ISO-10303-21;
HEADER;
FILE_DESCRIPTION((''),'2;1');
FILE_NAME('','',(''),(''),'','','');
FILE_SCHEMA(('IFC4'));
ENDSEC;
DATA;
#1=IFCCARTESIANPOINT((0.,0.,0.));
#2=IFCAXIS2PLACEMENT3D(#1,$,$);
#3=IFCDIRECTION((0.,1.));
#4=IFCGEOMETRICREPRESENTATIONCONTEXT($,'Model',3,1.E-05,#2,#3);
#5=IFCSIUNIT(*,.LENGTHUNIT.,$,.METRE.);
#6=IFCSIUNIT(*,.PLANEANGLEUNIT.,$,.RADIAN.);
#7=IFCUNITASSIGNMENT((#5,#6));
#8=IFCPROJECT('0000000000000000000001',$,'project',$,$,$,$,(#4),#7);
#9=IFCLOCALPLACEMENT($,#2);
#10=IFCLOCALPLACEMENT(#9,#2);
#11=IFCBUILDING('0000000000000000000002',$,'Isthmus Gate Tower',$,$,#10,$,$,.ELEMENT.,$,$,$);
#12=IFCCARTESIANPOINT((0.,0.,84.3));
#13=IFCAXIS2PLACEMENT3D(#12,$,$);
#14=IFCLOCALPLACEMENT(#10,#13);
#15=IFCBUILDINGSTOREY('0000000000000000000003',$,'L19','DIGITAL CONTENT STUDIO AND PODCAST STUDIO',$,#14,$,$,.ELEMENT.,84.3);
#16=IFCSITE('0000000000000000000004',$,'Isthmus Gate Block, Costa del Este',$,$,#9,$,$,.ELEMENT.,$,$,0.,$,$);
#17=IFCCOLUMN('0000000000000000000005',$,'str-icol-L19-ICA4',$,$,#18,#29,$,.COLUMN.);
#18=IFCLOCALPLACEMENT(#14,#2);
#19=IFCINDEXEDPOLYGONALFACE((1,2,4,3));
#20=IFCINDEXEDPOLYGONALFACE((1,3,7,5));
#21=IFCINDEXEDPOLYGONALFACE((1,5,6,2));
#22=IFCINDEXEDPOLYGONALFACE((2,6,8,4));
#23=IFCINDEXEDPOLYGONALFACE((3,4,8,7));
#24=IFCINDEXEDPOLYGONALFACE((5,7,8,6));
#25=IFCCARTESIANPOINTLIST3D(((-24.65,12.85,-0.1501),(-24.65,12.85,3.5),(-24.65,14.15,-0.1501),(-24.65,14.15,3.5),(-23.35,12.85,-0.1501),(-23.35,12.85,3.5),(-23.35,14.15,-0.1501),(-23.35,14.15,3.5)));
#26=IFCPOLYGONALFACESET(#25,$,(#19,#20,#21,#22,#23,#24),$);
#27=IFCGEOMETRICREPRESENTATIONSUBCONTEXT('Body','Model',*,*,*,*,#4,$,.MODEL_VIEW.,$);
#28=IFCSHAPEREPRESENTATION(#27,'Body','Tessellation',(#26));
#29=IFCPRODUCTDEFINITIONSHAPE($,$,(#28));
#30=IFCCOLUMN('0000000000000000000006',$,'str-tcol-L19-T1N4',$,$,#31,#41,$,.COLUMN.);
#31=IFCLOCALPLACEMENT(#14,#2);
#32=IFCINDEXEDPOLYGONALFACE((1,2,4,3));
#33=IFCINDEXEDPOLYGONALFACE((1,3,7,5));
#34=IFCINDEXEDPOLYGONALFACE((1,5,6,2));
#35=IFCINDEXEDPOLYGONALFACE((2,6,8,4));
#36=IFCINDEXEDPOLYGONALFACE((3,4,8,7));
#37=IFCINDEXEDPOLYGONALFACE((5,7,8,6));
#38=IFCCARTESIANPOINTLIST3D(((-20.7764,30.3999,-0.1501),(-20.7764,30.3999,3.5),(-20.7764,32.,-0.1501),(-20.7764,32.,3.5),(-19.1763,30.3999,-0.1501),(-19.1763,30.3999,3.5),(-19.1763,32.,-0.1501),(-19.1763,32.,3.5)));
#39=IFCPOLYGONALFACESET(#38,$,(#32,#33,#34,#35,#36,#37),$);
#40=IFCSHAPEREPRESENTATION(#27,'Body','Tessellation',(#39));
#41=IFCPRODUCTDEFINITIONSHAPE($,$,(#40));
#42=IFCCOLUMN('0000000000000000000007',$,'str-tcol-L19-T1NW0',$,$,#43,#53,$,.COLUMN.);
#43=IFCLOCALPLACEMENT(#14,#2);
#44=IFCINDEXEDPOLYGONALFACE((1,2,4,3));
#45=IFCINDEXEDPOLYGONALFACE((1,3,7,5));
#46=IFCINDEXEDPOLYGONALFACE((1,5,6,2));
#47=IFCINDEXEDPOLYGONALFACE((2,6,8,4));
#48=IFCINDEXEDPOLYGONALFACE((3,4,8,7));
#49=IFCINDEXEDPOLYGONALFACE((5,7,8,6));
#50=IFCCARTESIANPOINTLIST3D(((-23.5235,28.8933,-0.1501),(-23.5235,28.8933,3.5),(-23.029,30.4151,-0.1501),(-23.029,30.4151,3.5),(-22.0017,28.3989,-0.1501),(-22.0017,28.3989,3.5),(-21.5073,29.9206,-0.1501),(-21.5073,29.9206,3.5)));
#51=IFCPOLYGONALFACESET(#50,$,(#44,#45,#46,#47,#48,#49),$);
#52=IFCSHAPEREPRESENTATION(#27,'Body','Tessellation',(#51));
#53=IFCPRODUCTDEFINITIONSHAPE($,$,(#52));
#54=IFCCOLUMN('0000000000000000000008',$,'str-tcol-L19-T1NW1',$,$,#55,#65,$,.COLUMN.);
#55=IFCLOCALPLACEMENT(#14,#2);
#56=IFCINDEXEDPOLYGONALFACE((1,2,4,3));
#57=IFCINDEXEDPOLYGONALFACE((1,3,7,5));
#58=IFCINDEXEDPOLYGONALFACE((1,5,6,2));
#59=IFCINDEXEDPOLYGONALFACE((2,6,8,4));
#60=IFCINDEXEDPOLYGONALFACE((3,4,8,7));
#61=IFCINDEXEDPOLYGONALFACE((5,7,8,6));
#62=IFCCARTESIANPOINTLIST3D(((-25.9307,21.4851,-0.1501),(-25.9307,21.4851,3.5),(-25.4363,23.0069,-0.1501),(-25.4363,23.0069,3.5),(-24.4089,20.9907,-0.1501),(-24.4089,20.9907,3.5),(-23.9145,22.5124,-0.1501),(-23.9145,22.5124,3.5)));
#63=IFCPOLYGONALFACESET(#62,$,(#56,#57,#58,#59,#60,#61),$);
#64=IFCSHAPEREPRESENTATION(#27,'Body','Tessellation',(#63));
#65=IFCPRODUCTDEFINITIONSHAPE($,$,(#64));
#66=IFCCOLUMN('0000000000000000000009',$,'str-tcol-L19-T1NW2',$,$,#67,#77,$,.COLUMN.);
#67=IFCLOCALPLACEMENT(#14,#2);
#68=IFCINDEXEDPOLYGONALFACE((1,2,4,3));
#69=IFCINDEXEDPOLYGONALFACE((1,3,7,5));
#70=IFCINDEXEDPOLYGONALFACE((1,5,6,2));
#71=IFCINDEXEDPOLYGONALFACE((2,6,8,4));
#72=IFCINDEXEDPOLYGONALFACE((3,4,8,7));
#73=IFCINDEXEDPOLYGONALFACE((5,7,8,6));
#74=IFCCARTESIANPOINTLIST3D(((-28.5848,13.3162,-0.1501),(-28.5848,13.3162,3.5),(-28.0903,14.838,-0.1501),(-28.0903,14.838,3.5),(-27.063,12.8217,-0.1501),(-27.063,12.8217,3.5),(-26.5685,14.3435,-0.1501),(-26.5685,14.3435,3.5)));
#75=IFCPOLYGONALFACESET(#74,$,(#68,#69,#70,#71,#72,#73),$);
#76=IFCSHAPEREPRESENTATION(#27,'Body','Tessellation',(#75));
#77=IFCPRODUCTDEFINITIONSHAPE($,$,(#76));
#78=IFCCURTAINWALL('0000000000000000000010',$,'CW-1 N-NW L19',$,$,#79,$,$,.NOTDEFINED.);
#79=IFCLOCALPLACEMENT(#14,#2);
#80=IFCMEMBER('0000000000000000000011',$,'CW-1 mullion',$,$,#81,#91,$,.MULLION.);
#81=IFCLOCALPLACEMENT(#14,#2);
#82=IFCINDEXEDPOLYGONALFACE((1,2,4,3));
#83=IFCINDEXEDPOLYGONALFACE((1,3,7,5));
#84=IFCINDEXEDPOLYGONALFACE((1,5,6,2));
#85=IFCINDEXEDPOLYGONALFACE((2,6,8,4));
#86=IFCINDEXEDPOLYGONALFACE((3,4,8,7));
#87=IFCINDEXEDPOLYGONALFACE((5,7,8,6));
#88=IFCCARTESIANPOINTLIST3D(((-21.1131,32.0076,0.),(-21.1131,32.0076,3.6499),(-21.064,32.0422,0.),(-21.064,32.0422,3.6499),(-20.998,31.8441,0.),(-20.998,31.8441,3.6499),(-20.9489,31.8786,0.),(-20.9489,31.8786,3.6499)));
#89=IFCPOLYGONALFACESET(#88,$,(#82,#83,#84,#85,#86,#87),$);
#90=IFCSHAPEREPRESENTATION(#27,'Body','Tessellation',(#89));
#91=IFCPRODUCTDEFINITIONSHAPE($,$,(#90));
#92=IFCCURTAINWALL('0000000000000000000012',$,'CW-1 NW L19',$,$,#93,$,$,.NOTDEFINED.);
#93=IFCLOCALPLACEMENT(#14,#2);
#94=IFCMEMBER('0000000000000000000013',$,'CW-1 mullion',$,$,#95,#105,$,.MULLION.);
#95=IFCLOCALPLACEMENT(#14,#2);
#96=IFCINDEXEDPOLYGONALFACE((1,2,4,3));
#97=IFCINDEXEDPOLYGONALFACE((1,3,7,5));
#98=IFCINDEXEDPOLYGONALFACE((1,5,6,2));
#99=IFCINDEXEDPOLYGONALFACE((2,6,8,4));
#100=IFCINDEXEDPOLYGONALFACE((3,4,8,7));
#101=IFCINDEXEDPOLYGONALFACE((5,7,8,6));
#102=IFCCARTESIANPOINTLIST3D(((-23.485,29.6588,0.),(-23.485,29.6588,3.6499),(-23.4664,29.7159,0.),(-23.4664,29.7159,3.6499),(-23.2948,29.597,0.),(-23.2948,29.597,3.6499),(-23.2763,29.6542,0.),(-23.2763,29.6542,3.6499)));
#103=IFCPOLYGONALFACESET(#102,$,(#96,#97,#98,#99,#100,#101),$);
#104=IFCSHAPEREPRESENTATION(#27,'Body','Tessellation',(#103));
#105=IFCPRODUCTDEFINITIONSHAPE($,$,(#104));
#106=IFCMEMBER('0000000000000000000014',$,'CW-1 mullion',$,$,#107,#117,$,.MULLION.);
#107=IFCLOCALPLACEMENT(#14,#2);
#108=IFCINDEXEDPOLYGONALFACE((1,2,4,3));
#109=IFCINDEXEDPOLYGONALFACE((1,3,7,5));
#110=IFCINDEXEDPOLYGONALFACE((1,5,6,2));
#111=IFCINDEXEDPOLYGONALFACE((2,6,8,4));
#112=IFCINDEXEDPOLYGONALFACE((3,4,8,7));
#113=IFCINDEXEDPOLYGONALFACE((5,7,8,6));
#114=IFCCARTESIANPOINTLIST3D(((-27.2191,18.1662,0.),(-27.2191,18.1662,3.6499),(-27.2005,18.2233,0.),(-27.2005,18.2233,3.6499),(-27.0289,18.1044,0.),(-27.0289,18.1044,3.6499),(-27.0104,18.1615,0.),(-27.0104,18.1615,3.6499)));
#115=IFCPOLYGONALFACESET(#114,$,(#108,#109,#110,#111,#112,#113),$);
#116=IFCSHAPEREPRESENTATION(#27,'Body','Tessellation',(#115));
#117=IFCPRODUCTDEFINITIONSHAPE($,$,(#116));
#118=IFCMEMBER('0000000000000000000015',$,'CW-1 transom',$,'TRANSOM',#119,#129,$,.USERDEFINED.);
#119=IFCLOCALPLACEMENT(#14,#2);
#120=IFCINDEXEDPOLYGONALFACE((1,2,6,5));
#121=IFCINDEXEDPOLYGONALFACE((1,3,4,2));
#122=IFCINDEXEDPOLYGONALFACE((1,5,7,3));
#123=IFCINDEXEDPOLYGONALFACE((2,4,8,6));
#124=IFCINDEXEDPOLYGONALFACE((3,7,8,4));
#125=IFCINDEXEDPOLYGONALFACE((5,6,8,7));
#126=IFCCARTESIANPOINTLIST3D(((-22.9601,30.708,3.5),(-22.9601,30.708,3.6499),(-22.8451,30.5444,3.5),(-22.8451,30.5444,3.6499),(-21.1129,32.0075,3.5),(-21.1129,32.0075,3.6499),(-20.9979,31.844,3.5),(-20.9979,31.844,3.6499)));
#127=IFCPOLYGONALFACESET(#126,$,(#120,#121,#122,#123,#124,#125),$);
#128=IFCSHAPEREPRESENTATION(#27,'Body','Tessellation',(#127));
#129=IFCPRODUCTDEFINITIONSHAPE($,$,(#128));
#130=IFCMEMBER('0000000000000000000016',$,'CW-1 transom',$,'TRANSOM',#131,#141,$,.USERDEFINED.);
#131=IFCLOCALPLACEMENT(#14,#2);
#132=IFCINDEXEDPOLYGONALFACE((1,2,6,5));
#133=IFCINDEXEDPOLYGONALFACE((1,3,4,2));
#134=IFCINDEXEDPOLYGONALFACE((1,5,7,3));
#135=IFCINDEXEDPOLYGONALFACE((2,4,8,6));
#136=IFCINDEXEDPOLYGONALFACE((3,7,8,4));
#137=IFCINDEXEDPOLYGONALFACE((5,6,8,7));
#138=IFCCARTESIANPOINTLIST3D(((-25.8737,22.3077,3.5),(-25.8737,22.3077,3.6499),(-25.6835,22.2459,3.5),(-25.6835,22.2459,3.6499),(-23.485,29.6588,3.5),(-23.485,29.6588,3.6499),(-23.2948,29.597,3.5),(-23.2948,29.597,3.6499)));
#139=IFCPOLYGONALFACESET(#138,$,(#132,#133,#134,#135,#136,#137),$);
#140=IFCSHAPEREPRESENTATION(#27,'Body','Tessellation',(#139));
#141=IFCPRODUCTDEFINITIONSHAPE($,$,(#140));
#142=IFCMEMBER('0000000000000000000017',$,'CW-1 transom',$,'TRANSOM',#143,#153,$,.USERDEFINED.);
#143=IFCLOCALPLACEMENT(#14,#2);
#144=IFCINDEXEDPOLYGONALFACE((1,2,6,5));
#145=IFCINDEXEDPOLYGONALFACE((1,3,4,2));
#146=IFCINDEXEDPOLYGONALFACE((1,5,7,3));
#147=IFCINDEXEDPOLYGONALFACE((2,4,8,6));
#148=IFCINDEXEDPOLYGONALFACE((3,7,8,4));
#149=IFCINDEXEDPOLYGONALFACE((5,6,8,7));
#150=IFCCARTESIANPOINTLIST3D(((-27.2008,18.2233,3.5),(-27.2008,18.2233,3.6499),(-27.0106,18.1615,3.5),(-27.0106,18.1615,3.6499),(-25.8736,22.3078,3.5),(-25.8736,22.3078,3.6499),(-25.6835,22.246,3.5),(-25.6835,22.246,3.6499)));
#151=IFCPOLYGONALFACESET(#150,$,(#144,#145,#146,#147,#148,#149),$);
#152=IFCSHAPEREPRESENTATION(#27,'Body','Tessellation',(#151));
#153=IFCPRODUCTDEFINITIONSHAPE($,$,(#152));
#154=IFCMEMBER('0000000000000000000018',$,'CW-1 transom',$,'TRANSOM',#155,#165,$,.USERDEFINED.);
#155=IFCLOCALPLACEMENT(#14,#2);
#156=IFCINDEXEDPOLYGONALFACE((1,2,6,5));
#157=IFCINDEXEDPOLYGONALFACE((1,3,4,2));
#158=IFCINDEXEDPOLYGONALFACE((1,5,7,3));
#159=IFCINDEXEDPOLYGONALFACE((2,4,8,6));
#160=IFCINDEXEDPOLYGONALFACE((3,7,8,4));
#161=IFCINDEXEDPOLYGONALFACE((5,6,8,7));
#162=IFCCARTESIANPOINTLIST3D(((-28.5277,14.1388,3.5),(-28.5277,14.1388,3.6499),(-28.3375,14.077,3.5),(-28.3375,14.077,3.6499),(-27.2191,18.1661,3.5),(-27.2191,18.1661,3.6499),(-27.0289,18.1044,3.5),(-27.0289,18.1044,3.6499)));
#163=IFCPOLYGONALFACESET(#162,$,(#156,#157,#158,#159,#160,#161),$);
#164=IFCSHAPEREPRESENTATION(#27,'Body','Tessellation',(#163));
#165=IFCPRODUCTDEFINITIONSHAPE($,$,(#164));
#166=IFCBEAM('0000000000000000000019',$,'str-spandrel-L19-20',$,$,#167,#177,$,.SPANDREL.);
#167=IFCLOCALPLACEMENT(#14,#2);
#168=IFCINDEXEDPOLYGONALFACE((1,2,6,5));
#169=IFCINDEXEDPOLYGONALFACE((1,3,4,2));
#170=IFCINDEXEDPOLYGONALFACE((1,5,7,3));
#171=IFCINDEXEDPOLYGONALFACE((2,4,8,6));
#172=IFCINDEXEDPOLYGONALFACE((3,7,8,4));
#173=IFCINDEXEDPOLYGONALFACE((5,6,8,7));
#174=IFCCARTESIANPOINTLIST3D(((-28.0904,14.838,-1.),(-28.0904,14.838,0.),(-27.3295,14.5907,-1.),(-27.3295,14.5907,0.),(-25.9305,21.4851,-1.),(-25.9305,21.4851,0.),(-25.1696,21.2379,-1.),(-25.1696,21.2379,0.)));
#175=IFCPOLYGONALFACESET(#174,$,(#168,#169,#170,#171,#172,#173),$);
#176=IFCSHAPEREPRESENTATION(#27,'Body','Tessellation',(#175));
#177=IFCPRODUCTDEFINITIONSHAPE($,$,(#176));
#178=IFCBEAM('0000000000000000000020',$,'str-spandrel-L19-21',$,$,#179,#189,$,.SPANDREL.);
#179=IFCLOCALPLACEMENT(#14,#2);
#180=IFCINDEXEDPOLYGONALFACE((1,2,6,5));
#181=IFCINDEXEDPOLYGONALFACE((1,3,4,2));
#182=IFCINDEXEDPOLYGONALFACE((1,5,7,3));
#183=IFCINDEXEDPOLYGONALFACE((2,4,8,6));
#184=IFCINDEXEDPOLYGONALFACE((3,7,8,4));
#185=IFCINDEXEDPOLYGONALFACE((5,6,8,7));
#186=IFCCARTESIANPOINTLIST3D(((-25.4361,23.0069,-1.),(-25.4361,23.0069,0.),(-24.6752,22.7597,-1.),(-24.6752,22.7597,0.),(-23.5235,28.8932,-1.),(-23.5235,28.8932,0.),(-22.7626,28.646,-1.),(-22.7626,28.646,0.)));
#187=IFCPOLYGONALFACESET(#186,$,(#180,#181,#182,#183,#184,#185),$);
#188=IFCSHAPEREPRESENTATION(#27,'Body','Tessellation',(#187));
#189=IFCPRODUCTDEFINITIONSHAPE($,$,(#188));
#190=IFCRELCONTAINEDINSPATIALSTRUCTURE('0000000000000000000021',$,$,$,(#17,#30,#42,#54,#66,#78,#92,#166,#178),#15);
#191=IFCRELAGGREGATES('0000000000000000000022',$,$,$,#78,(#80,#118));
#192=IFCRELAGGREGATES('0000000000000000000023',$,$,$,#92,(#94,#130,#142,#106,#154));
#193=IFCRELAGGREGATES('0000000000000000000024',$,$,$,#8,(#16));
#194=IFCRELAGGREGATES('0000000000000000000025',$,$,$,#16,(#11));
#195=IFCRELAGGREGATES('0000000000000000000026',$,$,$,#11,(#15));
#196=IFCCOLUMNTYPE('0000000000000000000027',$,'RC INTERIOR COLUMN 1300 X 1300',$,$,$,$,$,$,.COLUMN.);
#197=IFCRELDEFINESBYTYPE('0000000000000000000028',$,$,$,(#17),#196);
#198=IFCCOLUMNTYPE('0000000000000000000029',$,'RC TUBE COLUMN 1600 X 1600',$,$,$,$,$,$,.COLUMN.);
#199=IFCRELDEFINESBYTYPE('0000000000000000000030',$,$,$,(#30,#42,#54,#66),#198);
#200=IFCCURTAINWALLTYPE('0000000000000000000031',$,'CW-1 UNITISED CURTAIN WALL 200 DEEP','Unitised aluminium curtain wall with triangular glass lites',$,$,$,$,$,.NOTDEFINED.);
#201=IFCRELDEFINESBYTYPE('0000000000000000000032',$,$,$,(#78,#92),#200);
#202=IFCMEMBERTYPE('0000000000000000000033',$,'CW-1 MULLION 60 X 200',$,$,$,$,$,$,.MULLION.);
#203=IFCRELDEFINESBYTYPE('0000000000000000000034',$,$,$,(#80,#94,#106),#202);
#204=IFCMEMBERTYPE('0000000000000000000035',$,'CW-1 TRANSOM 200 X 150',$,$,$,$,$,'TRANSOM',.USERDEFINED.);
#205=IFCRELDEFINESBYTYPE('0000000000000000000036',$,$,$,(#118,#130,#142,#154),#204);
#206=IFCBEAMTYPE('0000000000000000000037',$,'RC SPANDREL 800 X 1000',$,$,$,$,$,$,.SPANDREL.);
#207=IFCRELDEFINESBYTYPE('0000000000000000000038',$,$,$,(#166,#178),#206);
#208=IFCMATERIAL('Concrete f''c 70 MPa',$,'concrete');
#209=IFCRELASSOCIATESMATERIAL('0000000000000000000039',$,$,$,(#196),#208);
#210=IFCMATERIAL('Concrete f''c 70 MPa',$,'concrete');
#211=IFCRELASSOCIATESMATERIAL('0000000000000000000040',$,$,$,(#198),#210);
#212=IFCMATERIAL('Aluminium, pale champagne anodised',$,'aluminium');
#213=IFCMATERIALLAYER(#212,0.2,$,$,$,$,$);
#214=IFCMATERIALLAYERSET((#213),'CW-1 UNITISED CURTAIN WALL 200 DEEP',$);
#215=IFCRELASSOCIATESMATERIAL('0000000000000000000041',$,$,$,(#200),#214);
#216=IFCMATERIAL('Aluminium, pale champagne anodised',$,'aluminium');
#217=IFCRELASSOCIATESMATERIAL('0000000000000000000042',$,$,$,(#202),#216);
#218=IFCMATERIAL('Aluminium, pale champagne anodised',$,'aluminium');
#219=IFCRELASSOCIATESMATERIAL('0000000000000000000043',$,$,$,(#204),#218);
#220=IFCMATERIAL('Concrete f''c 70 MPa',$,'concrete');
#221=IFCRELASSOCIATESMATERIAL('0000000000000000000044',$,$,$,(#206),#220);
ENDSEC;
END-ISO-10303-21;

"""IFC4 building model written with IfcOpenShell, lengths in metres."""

from ifc_helpers import new_model, si_unit, direction, frame, origin, origin_2d, place, context, subcontext, project, spatial, rectangle, extrude, material, layer, layer_set, material_profile, profile_set, type_object, element, aggregate, save


model = new_model("IFC4")

# Units and contexts
model_context = context("Model", 3, precision=1e-05, world=origin(), true_north=direction((0.0, 1.0)))
body_context = subcontext(model_context, "Body", "Model", "MODEL_VIEW")
ifc_project = project(units=[si_unit("LENGTHUNIT", "METRE"), si_unit("PLANEANGLEUNIT", "RADIAN")], contexts=[model_context])

# Site, building, storey
site_placement = place(None, origin())
site = spatial("IfcSite", under=ifc_project, at=site_placement, Name="Isthmus Gate Block, Costa del Este", CompositionType="ELEMENT", RefElevation=0.0)
building_placement = place(site_placement, origin())
building = spatial("IfcBuilding", under=site, at=building_placement, Name="Isthmus Gate Tower", CompositionType="ELEMENT")
storey_placement = place(building_placement, frame((0.0, 0.0, 84.3)))
storey = spatial("IfcBuildingStorey", under=building, at=storey_placement, Name="L19", Description="DIGITAL CONTENT STUDIO AND PODCAST STUDIO", CompositionType="ELEMENT", Elevation=84.3)

# Columns
ifc_material_1 = material(Name="Concrete f'c 70 MPa", Category="concrete")
ifc_material_profile_1 = material_profile(ifc_material_1, rectangle(XDim=1.3, YDim=1.3, at=origin_2d()), Name="RC 1300X1300")
ifc_profile_set_1 = profile_set([ifc_material_profile_1], Name="Concrete f'c 70 MPa")
column_type_1 = type_object("IfcColumnType", Name="RC INTERIOR COLUMN 1300 X 1300", PredefinedType="COLUMN", material=ifc_profile_set_1)
column_placement = place(storey_placement, frame((-24.0, 13.5, -0.1501), z_axis=(0.0, 0.0, 1.0), x_axis=(1.0, 0.0, 0.0)))
element("IfcColumn", 1, at=column_placement, inside=storey, type_object=column_type_1, Name="str-icol-L19-ICA4", PredefinedType="COLUMN", context=body_context, shape_type="SweptSolid", body=[
    extrude(rectangle(XDim=1.3, YDim=1.3, at=origin_2d()), origin(), (0.0, 0.0, 1.0), 3.6501),
])
ifc_material_2 = material(Name="Concrete f'c 70 MPa", Category="concrete")
ifc_material_profile_2 = material_profile(ifc_material_2, rectangle(XDim=1.6001, YDim=1.6001, at=origin_2d()), Name="RC 1600X1600")
ifc_profile_set_2 = profile_set([ifc_material_profile_2], Name="Concrete f'c 70 MPa")
column_type_2 = type_object("IfcColumnType", Name="RC TUBE COLUMN 1600 X 1600", PredefinedType="COLUMN", material=ifc_profile_set_2)
for number, where, z_axis, x_axis, name in (
    (2, (-19.9763, 31.2, -0.1501), (0.0, 0.0, 1.0), (-1.0, 0.0, 0.0), "str-tcol-L19-T1N4"),
    (3, (-22.5154, 29.407, -0.1501), (0.0, 0.0, 1.0), (-0.309017, -0.951057, 0.0), "str-tcol-L19-T1NW0"),
    (4, (-24.9226, 21.9988, -0.1501), (0.0, 0.0, 1.0), (-0.309017, -0.951057, 0.0), "str-tcol-L19-T1NW1"),
    (5, (-27.5767, 13.8298, -0.1501), (0.0, 0.0, 1.0), (-0.309017, -0.951057, 0.0), "str-tcol-L19-T1NW2"),
):
    element("IfcColumn", number, at=place(storey_placement, frame(where, z_axis=z_axis, x_axis=x_axis)), inside=storey, type_object=column_type_2, Name=name, PredefinedType="COLUMN", context=body_context, shape_type="SweptSolid", body=[
        extrude(rectangle(XDim=1.6001, YDim=1.6001, at=origin_2d()), origin(), (0.0, 0.0, 1.0), 3.6501),
    ])

# Curtain wall, member
ifc_material_3 = material(Name="Aluminium, pale champagne anodised", Category="aluminium")
ifc_layer_1 = layer(ifc_material_3, 0.2)
ifc_layer_set_1 = layer_set([ifc_layer_1], Name="CW-1 UNITISED CURTAIN WALL 200 DEEP")
curtain_wall_type = type_object("IfcCurtainWallType", Name="CW-1 UNITISED CURTAIN WALL 200 DEEP", Description="Unitised aluminium curtain wall with triangular glass lites", PredefinedType="NOTDEFINED", material=ifc_layer_set_1)
curtain_wall_1_placement = place(storey_placement, origin())
curtain_wall_1 = element("IfcCurtainWall", 6, at=curtain_wall_1_placement, inside=storey, type_object=curtain_wall_type, Name="CW-1 N-NW L19", PredefinedType="NOTDEFINED")
ifc_material_4 = material(Name="Aluminium, pale champagne anodised", Category="aluminium")
ifc_material_profile_3 = material_profile(ifc_material_4, rectangle(XDim=0.0601, YDim=0.2, at=origin_2d()), Name="60x200")
ifc_profile_set_3 = profile_set([ifc_material_profile_3], Name="Aluminium, pale champagne anodised")
member_type_1 = type_object("IfcMemberType", Name="CW-1 MULLION 60 X 200", PredefinedType="MULLION", material=ifc_profile_set_3)
member_1_placement = place(storey_placement, frame((-21.031, 31.9431, 0.0), z_axis=(0.0, 0.0, 1.0), x_axis=(-0.81786, -0.575418, 0.0)))
member_1 = element("IfcMember", 7, at=member_1_placement, type_object=member_type_1, Name="CW-1 mullion", PredefinedType="MULLION", context=body_context, shape_type="SweptSolid", body=[
    extrude(rectangle(XDim=0.0601, YDim=0.2, at=origin_2d()), origin(), (0.0, 0.0, 1.0), 3.6499),
])

# Curtain wall, members
curtain_wall_2_placement = place(storey_placement, origin())
curtain_wall_2 = element("IfcCurtainWall", 8, at=curtain_wall_2_placement, inside=storey, type_object=curtain_wall_type, Name="CW-1 NW L19", PredefinedType="NOTDEFINED")
member_2_placement = place(storey_placement, frame((-23.3806, 29.6565, 0.0), z_axis=(0.0, 0.0, 1.0), x_axis=(-0.309017, -0.951057, 0.0)))
member_2 = element("IfcMember", 9, at=member_2_placement, type_object=member_type_1, Name="CW-1 mullion", PredefinedType="MULLION", context=body_context, shape_type="SweptSolid", body=[
    extrude(rectangle(XDim=0.0601, YDim=0.2, at=origin_2d()), origin(), (0.0, 0.0, 1.0), 3.6499),
])
member_3_placement = place(storey_placement, frame((-27.1147, 18.1638, 0.0), z_axis=(0.0, 0.0, 1.0), x_axis=(-0.309017, -0.951057, 0.0)))
member_3 = element("IfcMember", 10, at=member_3_placement, type_object=member_type_1, Name="CW-1 mullion", PredefinedType="MULLION", context=body_context, shape_type="SweptSolid", body=[
    extrude(rectangle(XDim=0.0601, YDim=0.2, at=origin_2d()), origin(), (0.0, 0.0, 1.0), 3.6499),
])

# Members
ifc_material_5 = material(Name="Aluminium, pale champagne anodised", Category="aluminium")
ifc_material_profile_4 = material_profile(ifc_material_5, rectangle(XDim=0.2, YDim=0.1499, at=origin_2d()), Name="200x150")
ifc_profile_set_4 = profile_set([ifc_material_profile_4], Name="Aluminium, pale champagne anodised")
member_type_2 = type_object("IfcMemberType", Name="CW-1 TRANSOM 200 X 150", ElementType="TRANSOM", PredefinedType="USERDEFINED", material=ifc_profile_set_4)
member_4_placement = place(storey_placement, frame((-21.0554, 31.9258, 3.575), z_axis=(-0.817869, -0.575405, 0.0), x_axis=(0.575405, -0.817869, 0.0)))
member_4 = element("IfcMember", 11, at=member_4_placement, type_object=member_type_2, Name="CW-1 transom", ObjectType="TRANSOM", PredefinedType="USERDEFINED", context=body_context, shape_type="SweptSolid", body=[
    extrude(rectangle(XDim=0.2, YDim=0.1499, at=origin_2d()), origin(), (0.0, 0.0, 1.0), 2.2585),
])
member_5_placement = place(storey_placement, frame((-23.3899, 29.6279, 3.575), z_axis=(-0.309036, -0.95105, 0.0), x_axis=(0.95105, -0.309036, 0.0)))
member_5 = element("IfcMember", 12, at=member_5_placement, type_object=member_type_2, Name="CW-1 transom", ObjectType="TRANSOM", PredefinedType="USERDEFINED", context=body_context, shape_type="SweptSolid", body=[
    extrude(rectangle(XDim=0.2, YDim=0.1499, at=origin_2d()), origin(), (0.0, 0.0, 1.0), 7.7295),
])
member_6_placement = place(storey_placement, frame((-25.7786, 22.2769, 3.575), z_axis=(-0.309022, -0.951055, 0.0), x_axis=(0.951055, -0.309022, 0.0)))
member_6 = element("IfcMember", 13, at=member_6_placement, type_object=member_type_2, Name="CW-1 transom", ObjectType="TRANSOM", PredefinedType="USERDEFINED", context=body_context, shape_type="SweptSolid", body=[
    extrude(rectangle(XDim=0.2, YDim=0.1499, at=origin_2d()), origin(), (0.0, 0.0, 1.0), 4.2947),
])
member_7_placement = place(storey_placement, frame((-27.124, 18.1353, 3.575), z_axis=(-0.309023, -0.951054, 0.0), x_axis=(0.951054, -0.309023, 0.0)))
member_7 = element("IfcMember", 14, at=member_7_placement, type_object=member_type_2, Name="CW-1 transom", ObjectType="TRANSOM", PredefinedType="USERDEFINED", context=body_context, shape_type="SweptSolid", body=[
    extrude(rectangle(XDim=0.2, YDim=0.1499, at=origin_2d()), origin(), (0.0, 0.0, 1.0), 4.2346),
])

# Beams
ifc_material_6 = material(Name="Concrete f'c 70 MPa", Category="concrete")
ifc_material_profile_5 = material_profile(ifc_material_6, rectangle(XDim=0.8, YDim=1.0, at=origin_2d()), Name="RC 800X1000")
ifc_profile_set_5 = profile_set([ifc_material_profile_5], Name="Concrete f'c 70 MPa")
beam_type_1 = type_object("IfcBeamType", Name="RC SPANDREL 800 X 1000", PredefinedType="SPANDREL", material=ifc_profile_set_5)
beam_1_placement = place(storey_placement, frame((-27.71, 14.7144, -0.5), z_axis=(0.30903, 0.951052, 0.0), x_axis=(-0.951052, 0.30903, 0.0)))
element("IfcBeam", 15, at=beam_1_placement, inside=storey, type_object=beam_type_1, Name="str-spandrel-L19-20", PredefinedType="SPANDREL", context=body_context, shape_type="SweptSolid", body=[
    extrude(rectangle(XDim=0.8, YDim=1.0, at=origin_2d()), origin(), (0.0, 0.0, 1.0), 6.9893),
])
beam_2_placement = place(storey_placement, frame((-25.0557, 22.8833, -0.5), z_axis=(0.309024, 0.951054, 0.0), x_axis=(-0.951054, 0.309024, 0.0)))
element("IfcBeam", 16, at=beam_2_placement, inside=storey, type_object=beam_type_1, Name="str-spandrel-L19-21", PredefinedType="SPANDREL", context=body_context, shape_type="SweptSolid", body=[
    extrude(rectangle(XDim=0.8, YDim=1.0, at=origin_2d()), origin(), (0.0, 0.0, 1.0), 6.1892),
])

aggregate(curtain_wall_1, [member_1, member_4])

aggregate(curtain_wall_2, [member_2, member_5, member_6, member_3, member_7])

save(model, "model.ifc")
